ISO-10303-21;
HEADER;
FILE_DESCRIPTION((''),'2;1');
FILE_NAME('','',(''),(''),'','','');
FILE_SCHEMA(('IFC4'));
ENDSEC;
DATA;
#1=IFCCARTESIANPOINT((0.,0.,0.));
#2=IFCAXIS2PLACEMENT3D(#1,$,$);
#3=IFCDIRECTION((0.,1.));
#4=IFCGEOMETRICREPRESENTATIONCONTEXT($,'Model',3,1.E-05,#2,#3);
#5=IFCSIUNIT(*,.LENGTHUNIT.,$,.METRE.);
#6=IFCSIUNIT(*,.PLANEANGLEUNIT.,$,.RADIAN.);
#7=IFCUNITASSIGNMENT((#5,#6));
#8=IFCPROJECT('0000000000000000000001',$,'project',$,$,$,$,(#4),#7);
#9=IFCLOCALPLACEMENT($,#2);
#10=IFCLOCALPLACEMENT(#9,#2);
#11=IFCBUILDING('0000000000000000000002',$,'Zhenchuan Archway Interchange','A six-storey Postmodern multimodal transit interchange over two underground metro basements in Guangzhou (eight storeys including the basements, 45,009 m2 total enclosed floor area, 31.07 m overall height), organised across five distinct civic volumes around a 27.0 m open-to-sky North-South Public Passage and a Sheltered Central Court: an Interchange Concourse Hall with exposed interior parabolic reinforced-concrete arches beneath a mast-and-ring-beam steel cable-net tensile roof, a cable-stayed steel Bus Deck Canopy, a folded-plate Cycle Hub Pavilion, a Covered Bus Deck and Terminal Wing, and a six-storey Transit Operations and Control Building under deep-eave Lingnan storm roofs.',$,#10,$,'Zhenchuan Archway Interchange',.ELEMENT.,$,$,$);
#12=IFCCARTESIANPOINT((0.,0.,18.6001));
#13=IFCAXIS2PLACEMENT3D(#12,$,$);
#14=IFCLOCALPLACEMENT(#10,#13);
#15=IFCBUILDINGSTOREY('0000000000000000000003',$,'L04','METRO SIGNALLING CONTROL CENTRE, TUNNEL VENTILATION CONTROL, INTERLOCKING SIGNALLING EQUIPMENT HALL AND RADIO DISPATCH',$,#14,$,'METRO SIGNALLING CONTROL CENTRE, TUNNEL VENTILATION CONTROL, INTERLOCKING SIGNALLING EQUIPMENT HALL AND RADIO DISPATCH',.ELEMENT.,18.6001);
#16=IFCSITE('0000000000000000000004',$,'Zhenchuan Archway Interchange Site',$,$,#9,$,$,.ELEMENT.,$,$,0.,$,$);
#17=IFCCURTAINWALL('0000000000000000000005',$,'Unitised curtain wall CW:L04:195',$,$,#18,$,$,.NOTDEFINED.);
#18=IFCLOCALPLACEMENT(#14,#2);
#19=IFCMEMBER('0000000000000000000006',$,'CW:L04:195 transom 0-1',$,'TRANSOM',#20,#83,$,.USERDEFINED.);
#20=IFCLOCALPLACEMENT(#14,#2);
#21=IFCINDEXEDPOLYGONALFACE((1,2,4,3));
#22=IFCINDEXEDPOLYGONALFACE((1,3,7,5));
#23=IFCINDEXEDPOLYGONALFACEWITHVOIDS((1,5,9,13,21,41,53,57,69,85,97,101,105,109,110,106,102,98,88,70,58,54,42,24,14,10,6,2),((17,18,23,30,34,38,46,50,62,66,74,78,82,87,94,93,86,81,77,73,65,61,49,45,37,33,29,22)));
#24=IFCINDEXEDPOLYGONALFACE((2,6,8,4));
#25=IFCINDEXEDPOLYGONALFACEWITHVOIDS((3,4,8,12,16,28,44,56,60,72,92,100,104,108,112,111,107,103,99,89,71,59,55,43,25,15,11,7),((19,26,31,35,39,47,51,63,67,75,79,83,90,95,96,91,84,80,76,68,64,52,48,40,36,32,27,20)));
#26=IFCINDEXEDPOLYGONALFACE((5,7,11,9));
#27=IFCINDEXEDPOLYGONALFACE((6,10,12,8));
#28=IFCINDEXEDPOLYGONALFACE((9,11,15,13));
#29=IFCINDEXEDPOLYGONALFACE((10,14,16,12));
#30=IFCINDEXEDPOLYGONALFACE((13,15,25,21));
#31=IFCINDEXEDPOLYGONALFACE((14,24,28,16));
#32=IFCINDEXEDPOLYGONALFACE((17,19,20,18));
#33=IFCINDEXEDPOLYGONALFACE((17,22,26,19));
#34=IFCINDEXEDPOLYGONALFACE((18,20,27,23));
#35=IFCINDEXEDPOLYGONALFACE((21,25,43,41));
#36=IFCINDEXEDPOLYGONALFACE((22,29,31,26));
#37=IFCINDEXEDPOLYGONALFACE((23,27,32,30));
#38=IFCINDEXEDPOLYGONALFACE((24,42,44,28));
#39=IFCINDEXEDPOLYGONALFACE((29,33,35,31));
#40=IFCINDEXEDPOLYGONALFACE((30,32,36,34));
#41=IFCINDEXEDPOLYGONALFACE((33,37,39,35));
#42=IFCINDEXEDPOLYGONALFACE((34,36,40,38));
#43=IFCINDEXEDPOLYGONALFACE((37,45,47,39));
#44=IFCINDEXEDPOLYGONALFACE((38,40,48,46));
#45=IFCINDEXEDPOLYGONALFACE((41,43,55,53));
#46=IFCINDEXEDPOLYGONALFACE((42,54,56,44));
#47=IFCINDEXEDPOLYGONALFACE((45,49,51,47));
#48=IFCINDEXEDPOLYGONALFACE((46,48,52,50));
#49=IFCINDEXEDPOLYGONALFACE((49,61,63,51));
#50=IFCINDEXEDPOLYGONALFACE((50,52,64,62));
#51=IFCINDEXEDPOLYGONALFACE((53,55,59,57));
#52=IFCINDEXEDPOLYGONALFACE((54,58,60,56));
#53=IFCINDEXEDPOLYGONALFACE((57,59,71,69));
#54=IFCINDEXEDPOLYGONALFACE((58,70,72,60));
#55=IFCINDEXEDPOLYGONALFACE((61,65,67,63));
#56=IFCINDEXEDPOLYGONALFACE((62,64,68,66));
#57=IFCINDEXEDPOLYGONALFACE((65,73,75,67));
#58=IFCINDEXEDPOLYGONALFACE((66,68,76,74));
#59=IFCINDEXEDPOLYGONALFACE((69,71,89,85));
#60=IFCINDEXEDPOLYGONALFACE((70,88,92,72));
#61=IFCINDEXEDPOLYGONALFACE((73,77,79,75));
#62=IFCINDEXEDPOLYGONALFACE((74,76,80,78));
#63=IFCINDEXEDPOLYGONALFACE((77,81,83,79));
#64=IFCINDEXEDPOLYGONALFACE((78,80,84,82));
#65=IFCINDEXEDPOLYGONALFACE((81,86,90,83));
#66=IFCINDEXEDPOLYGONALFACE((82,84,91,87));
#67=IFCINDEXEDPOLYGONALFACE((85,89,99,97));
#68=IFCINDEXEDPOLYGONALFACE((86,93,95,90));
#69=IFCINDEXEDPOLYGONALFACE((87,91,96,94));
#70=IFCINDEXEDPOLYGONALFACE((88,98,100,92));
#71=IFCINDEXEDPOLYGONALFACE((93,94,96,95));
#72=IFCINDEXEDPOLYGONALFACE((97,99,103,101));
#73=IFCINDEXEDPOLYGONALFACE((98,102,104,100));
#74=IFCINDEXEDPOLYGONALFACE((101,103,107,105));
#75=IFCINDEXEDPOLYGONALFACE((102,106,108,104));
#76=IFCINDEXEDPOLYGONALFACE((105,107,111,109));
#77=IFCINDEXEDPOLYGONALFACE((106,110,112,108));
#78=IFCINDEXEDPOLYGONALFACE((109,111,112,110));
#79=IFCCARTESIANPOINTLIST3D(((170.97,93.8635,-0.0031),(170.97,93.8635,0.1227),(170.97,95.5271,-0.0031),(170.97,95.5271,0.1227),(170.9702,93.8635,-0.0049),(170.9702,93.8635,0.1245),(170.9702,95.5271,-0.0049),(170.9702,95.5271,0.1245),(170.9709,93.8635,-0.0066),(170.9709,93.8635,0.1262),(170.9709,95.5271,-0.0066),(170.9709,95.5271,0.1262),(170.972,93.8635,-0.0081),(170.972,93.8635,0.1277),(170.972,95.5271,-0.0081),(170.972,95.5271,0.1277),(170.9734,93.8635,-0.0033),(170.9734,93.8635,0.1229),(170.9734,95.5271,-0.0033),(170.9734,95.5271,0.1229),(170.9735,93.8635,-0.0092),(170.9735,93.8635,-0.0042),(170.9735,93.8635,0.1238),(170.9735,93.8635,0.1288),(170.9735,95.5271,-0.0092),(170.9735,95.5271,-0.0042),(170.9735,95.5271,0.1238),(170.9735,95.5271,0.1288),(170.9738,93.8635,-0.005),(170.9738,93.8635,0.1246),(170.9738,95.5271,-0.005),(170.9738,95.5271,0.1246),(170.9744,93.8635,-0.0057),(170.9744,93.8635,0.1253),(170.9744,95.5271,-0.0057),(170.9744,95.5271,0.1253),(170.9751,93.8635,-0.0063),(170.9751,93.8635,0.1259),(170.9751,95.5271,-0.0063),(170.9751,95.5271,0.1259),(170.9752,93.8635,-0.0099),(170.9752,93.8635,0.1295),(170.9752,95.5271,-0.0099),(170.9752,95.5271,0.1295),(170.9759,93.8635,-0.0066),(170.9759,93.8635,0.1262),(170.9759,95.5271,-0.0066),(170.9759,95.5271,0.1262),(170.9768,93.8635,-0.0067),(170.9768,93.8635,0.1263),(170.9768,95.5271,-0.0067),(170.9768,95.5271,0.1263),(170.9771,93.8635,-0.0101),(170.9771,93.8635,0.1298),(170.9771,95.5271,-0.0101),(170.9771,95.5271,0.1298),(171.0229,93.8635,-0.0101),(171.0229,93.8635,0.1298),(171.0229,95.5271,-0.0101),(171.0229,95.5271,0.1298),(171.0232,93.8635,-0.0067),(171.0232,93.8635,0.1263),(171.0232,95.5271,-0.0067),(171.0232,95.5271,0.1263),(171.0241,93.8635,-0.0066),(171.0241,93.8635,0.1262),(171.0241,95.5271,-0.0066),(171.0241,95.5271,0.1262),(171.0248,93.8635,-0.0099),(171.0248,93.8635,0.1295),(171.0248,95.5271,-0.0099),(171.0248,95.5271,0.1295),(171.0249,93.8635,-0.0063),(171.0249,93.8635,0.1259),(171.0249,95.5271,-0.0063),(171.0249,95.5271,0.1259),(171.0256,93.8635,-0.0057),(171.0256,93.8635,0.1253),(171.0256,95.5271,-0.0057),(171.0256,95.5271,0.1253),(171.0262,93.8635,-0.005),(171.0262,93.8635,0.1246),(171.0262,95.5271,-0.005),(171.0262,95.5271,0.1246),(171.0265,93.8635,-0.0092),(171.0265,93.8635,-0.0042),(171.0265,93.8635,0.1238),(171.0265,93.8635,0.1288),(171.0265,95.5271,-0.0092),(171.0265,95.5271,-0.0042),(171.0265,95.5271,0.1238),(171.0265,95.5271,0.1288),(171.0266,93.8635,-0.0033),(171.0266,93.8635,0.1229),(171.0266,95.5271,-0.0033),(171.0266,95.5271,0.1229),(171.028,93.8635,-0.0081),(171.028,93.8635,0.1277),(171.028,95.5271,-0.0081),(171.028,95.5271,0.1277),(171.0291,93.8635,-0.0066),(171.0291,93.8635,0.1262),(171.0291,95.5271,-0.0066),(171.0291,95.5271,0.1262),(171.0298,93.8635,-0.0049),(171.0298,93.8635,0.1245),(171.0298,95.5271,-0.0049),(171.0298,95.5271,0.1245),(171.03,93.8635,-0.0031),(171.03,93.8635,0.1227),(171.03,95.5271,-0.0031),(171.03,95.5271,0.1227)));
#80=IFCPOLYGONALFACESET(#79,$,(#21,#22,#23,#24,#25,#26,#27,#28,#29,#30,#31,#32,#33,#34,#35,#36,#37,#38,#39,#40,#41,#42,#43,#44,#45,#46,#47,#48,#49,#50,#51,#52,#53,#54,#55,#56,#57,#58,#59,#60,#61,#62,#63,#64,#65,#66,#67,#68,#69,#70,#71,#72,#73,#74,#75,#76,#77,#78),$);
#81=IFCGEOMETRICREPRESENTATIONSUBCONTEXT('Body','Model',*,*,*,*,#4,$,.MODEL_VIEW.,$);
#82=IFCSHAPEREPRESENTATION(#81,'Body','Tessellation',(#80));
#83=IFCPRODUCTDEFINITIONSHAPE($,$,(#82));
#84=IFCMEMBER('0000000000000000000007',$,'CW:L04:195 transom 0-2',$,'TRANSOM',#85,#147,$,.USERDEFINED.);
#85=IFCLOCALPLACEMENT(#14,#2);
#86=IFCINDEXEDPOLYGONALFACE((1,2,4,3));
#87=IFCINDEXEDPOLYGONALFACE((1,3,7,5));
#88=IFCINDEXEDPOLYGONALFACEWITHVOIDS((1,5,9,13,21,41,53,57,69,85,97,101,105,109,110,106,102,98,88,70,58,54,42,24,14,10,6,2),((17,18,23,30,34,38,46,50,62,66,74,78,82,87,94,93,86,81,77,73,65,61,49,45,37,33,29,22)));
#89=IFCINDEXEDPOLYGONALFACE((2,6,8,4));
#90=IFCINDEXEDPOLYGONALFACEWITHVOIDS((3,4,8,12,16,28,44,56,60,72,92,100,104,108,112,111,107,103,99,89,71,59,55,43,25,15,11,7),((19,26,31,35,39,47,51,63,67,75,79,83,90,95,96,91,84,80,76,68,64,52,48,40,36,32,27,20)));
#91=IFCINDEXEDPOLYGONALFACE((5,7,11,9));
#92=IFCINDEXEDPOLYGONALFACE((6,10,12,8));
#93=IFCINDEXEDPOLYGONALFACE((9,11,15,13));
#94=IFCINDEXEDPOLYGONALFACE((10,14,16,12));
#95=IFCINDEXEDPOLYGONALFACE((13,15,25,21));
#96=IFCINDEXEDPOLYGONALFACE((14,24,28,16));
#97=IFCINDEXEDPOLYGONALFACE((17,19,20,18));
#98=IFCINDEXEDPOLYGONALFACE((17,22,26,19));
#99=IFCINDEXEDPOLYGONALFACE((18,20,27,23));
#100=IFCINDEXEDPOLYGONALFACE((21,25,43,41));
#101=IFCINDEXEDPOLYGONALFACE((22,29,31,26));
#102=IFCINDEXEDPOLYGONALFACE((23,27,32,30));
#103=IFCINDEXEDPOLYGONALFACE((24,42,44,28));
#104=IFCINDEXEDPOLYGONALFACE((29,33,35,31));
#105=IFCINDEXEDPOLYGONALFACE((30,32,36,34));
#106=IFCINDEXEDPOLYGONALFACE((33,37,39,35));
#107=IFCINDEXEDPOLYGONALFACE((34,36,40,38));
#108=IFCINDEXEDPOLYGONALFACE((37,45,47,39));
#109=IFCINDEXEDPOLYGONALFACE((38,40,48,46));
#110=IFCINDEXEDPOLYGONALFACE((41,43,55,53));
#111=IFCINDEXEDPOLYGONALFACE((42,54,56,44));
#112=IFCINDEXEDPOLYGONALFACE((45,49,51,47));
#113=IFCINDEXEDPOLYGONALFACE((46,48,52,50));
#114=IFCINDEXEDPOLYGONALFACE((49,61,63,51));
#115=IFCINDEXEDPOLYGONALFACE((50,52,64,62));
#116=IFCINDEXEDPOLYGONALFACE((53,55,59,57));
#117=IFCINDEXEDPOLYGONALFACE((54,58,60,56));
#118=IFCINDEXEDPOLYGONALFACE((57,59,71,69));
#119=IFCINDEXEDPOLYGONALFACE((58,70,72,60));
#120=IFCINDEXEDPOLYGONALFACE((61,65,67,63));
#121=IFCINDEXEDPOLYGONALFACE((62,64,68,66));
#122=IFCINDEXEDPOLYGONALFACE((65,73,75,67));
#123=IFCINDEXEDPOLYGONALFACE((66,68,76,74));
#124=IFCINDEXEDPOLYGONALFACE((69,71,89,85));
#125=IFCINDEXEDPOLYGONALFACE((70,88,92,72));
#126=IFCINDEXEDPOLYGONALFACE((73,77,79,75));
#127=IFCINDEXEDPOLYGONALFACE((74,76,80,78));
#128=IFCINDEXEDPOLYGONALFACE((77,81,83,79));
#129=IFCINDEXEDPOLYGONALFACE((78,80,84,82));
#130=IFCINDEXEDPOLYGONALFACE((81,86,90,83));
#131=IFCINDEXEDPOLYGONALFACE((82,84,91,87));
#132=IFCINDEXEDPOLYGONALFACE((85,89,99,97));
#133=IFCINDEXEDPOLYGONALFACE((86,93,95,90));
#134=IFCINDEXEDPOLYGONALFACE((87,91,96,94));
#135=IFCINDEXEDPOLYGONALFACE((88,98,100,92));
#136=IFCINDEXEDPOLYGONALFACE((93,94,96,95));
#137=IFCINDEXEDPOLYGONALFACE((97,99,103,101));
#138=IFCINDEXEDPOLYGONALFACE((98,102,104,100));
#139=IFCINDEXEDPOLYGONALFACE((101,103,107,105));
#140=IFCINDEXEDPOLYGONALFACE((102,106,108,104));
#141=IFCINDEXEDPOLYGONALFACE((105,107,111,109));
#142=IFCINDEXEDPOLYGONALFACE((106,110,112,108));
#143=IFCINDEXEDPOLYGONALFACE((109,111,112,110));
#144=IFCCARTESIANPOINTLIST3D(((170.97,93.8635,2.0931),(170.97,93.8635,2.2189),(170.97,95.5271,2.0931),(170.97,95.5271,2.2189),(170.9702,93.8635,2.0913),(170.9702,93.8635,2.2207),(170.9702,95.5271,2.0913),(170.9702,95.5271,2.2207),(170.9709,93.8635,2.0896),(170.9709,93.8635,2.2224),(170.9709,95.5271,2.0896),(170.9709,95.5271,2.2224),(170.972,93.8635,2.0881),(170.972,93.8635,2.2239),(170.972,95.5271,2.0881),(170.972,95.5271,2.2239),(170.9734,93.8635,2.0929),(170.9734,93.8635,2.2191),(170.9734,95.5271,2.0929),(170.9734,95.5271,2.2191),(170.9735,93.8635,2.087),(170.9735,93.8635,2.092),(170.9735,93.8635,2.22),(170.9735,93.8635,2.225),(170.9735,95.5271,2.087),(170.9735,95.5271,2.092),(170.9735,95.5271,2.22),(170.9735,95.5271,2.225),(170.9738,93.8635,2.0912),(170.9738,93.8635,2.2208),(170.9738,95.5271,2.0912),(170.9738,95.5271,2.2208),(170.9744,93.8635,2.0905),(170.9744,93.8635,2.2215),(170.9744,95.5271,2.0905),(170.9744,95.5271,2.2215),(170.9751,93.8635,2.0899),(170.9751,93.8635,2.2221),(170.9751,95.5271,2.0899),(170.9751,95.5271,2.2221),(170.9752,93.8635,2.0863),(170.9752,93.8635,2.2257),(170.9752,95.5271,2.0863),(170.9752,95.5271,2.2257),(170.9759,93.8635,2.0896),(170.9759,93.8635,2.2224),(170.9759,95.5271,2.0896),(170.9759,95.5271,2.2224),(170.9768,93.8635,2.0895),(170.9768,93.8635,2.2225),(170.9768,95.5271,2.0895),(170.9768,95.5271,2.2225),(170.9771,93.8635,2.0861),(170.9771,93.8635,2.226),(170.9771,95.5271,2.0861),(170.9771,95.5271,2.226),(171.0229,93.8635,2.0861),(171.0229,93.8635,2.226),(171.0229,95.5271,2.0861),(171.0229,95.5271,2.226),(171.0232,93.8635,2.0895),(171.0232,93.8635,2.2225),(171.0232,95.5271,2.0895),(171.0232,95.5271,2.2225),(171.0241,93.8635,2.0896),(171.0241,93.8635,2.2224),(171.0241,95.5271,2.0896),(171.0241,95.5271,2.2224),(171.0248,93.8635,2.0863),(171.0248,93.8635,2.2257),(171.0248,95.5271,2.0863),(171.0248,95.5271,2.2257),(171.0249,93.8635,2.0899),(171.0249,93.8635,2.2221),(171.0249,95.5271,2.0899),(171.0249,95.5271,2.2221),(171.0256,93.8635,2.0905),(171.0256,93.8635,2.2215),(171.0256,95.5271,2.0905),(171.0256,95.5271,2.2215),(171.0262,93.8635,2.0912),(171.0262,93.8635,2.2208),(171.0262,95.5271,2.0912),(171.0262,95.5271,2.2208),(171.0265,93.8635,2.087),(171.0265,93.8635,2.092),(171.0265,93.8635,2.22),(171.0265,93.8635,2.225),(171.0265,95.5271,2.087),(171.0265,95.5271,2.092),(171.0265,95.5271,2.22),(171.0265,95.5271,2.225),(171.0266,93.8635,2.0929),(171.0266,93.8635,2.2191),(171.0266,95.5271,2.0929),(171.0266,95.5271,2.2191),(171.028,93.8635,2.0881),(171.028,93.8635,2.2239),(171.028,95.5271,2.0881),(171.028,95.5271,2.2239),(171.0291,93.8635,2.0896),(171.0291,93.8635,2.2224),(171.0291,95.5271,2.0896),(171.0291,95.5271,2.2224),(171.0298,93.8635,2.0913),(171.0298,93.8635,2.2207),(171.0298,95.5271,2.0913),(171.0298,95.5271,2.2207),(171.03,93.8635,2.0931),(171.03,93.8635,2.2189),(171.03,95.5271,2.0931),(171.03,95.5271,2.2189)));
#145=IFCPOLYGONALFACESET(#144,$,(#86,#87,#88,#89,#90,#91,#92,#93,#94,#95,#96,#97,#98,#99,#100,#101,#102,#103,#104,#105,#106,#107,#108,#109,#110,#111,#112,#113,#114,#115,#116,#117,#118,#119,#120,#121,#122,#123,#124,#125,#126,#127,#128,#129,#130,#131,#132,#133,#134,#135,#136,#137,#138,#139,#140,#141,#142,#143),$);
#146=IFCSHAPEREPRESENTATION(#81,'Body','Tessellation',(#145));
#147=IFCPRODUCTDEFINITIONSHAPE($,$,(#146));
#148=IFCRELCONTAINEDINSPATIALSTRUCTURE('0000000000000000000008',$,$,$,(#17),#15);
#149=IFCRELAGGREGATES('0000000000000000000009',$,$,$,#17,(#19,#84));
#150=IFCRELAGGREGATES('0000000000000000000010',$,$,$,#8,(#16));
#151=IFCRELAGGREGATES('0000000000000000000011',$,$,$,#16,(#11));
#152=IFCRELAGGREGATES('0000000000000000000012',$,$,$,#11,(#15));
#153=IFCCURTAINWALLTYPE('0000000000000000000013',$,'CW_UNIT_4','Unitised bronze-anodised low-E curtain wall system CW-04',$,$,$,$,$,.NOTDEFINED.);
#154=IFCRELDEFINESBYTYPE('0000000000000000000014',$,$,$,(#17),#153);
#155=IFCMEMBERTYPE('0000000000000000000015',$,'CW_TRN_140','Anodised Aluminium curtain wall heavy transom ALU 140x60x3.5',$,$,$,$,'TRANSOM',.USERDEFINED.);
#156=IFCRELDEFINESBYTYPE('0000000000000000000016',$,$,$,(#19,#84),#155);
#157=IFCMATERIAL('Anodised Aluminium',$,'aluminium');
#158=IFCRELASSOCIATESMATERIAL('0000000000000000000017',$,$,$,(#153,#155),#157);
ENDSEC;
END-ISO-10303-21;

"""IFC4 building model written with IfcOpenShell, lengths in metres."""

from ifc_helpers import new_model, si_unit, direction, frame, origin, origin_2d, place, context, subcontext, project, spatial, hollow_rectangle, extrude, material, material_profile, profile_set, type_object, element, aggregate, save


model = new_model("IFC4")

# Units and contexts
model_context = context("Model", 3, precision=1e-05, world=origin(), true_north=direction((0.0, 1.0)))
body_context = subcontext(model_context, "Body", "Model", "MODEL_VIEW")
ifc_project = project(units=[si_unit("LENGTHUNIT", "METRE"), si_unit("PLANEANGLEUNIT", "RADIAN")], contexts=[model_context])

# Site, building, storey
site_placement = place(None, origin())
site = spatial("IfcSite", under=ifc_project, at=site_placement, Name="Zhenchuan Archway Interchange Site", CompositionType="ELEMENT", RefElevation=0.0)
building_placement = place(site_placement, origin())
building = spatial("IfcBuilding", under=site, at=building_placement, Name="Zhenchuan Archway Interchange", Description="A six-storey Postmodern multimodal transit interchange over two underground metro basements in Guangzhou (eight storeys including the basements, 45,009 m2 total enclosed floor area, 31.07 m overall height), organised across five distinct civic volumes around a 27.0 m open-to-sky North-South Public Passage and a Sheltered Central Court: an Interchange Concourse Hall with exposed interior parabolic reinforced-concrete arches beneath a mast-and-ring-beam steel cable-net tensile roof, a cable-stayed steel Bus Deck Canopy, a folded-plate Cycle Hub Pavilion, a Covered Bus Deck and Terminal Wing, and a six-storey Transit Operations and Control Building under deep-eave Lingnan storm roofs.", LongName="Zhenchuan Archway Interchange", CompositionType="ELEMENT")
storey_placement = place(building_placement, frame((0.0, 0.0, 18.6001)))
storey = spatial("IfcBuildingStorey", under=building, at=storey_placement, Name="L04", Description="METRO SIGNALLING CONTROL CENTRE, TUNNEL VENTILATION CONTROL, INTERLOCKING SIGNALLING EQUIPMENT HALL AND RADIO DISPATCH", LongName="METRO SIGNALLING CONTROL CENTRE, TUNNEL VENTILATION CONTROL, INTERLOCKING SIGNALLING EQUIPMENT HALL AND RADIO DISPATCH", CompositionType="ELEMENT", Elevation=18.6001)

# Curtain wall, members
ifc_material_1 = material(Name="Anodised Aluminium", Category="aluminium")
curtain_wall_type = type_object("IfcCurtainWallType", Name="CW_UNIT_4", Description="Unitised bronze-anodised low-E curtain wall system CW-04", PredefinedType="NOTDEFINED", material=ifc_material_1)
curtain_wall_placement = place(storey_placement, origin())
curtain_wall = element("IfcCurtainWall", 1, at=curtain_wall_placement, inside=storey, type_object=curtain_wall_type, Name="Unitised curtain wall CW:L04:195", PredefinedType="NOTDEFINED")
ifc_material_profile_1 = material_profile(ifc_material_1, hollow_rectangle(XDim=0.0601, YDim=0.1399, WallThickness=0.0034, InnerFilletRadius=0.0034, OuterFilletRadius=0.0071, at=origin_2d()), Name="ALU 140x60x3.5")
ifc_profile_set_1 = profile_set([ifc_material_profile_1], Name="Anodised Aluminium")
member_type_1 = type_object("IfcMemberType", Name="CW_TRN_140", Description="Anodised Aluminium curtain wall heavy transom ALU 140x60x3.5", ElementType="TRANSOM", PredefinedType="USERDEFINED", material=ifc_profile_set_1)
member_1_placement = place(storey_placement, frame((171.0, 95.5271, 0.0598), z_axis=(0.0, -1.0, 0.0), x_axis=(1.0, 0.0, 0.0)))
member_1 = element("IfcMember", 2, at=member_1_placement, type_object=member_type_1, Name="CW:L04:195 transom 0-1", ObjectType="TRANSOM", PredefinedType="USERDEFINED", context=body_context, shape_type="SweptSolid", body=[
    extrude(hollow_rectangle(XDim=0.0601, YDim=0.1399, WallThickness=0.0034, InnerFilletRadius=0.0034, OuterFilletRadius=0.0071, at=origin_2d()), origin(), (0.0, 0.0, 1.0), 1.6636),
])
member_2_placement = place(storey_placement, frame((171.0, 95.5271, 2.156), z_axis=(0.0, -1.0, 0.0), x_axis=(1.0, 0.0, 0.0)))
member_2 = element("IfcMember", 3, at=member_2_placement, type_object=member_type_1, Name="CW:L04:195 transom 0-2", ObjectType="TRANSOM", PredefinedType="USERDEFINED", context=body_context, shape_type="SweptSolid", body=[
    extrude(hollow_rectangle(XDim=0.0601, YDim=0.1399, WallThickness=0.0034, InnerFilletRadius=0.0034, OuterFilletRadius=0.0071, at=origin_2d()), origin(), (0.0, 0.0, 1.0), 1.6636),
])
aggregate(curtain_wall, [member_1, member_2])

save(model, "model.ifc")
